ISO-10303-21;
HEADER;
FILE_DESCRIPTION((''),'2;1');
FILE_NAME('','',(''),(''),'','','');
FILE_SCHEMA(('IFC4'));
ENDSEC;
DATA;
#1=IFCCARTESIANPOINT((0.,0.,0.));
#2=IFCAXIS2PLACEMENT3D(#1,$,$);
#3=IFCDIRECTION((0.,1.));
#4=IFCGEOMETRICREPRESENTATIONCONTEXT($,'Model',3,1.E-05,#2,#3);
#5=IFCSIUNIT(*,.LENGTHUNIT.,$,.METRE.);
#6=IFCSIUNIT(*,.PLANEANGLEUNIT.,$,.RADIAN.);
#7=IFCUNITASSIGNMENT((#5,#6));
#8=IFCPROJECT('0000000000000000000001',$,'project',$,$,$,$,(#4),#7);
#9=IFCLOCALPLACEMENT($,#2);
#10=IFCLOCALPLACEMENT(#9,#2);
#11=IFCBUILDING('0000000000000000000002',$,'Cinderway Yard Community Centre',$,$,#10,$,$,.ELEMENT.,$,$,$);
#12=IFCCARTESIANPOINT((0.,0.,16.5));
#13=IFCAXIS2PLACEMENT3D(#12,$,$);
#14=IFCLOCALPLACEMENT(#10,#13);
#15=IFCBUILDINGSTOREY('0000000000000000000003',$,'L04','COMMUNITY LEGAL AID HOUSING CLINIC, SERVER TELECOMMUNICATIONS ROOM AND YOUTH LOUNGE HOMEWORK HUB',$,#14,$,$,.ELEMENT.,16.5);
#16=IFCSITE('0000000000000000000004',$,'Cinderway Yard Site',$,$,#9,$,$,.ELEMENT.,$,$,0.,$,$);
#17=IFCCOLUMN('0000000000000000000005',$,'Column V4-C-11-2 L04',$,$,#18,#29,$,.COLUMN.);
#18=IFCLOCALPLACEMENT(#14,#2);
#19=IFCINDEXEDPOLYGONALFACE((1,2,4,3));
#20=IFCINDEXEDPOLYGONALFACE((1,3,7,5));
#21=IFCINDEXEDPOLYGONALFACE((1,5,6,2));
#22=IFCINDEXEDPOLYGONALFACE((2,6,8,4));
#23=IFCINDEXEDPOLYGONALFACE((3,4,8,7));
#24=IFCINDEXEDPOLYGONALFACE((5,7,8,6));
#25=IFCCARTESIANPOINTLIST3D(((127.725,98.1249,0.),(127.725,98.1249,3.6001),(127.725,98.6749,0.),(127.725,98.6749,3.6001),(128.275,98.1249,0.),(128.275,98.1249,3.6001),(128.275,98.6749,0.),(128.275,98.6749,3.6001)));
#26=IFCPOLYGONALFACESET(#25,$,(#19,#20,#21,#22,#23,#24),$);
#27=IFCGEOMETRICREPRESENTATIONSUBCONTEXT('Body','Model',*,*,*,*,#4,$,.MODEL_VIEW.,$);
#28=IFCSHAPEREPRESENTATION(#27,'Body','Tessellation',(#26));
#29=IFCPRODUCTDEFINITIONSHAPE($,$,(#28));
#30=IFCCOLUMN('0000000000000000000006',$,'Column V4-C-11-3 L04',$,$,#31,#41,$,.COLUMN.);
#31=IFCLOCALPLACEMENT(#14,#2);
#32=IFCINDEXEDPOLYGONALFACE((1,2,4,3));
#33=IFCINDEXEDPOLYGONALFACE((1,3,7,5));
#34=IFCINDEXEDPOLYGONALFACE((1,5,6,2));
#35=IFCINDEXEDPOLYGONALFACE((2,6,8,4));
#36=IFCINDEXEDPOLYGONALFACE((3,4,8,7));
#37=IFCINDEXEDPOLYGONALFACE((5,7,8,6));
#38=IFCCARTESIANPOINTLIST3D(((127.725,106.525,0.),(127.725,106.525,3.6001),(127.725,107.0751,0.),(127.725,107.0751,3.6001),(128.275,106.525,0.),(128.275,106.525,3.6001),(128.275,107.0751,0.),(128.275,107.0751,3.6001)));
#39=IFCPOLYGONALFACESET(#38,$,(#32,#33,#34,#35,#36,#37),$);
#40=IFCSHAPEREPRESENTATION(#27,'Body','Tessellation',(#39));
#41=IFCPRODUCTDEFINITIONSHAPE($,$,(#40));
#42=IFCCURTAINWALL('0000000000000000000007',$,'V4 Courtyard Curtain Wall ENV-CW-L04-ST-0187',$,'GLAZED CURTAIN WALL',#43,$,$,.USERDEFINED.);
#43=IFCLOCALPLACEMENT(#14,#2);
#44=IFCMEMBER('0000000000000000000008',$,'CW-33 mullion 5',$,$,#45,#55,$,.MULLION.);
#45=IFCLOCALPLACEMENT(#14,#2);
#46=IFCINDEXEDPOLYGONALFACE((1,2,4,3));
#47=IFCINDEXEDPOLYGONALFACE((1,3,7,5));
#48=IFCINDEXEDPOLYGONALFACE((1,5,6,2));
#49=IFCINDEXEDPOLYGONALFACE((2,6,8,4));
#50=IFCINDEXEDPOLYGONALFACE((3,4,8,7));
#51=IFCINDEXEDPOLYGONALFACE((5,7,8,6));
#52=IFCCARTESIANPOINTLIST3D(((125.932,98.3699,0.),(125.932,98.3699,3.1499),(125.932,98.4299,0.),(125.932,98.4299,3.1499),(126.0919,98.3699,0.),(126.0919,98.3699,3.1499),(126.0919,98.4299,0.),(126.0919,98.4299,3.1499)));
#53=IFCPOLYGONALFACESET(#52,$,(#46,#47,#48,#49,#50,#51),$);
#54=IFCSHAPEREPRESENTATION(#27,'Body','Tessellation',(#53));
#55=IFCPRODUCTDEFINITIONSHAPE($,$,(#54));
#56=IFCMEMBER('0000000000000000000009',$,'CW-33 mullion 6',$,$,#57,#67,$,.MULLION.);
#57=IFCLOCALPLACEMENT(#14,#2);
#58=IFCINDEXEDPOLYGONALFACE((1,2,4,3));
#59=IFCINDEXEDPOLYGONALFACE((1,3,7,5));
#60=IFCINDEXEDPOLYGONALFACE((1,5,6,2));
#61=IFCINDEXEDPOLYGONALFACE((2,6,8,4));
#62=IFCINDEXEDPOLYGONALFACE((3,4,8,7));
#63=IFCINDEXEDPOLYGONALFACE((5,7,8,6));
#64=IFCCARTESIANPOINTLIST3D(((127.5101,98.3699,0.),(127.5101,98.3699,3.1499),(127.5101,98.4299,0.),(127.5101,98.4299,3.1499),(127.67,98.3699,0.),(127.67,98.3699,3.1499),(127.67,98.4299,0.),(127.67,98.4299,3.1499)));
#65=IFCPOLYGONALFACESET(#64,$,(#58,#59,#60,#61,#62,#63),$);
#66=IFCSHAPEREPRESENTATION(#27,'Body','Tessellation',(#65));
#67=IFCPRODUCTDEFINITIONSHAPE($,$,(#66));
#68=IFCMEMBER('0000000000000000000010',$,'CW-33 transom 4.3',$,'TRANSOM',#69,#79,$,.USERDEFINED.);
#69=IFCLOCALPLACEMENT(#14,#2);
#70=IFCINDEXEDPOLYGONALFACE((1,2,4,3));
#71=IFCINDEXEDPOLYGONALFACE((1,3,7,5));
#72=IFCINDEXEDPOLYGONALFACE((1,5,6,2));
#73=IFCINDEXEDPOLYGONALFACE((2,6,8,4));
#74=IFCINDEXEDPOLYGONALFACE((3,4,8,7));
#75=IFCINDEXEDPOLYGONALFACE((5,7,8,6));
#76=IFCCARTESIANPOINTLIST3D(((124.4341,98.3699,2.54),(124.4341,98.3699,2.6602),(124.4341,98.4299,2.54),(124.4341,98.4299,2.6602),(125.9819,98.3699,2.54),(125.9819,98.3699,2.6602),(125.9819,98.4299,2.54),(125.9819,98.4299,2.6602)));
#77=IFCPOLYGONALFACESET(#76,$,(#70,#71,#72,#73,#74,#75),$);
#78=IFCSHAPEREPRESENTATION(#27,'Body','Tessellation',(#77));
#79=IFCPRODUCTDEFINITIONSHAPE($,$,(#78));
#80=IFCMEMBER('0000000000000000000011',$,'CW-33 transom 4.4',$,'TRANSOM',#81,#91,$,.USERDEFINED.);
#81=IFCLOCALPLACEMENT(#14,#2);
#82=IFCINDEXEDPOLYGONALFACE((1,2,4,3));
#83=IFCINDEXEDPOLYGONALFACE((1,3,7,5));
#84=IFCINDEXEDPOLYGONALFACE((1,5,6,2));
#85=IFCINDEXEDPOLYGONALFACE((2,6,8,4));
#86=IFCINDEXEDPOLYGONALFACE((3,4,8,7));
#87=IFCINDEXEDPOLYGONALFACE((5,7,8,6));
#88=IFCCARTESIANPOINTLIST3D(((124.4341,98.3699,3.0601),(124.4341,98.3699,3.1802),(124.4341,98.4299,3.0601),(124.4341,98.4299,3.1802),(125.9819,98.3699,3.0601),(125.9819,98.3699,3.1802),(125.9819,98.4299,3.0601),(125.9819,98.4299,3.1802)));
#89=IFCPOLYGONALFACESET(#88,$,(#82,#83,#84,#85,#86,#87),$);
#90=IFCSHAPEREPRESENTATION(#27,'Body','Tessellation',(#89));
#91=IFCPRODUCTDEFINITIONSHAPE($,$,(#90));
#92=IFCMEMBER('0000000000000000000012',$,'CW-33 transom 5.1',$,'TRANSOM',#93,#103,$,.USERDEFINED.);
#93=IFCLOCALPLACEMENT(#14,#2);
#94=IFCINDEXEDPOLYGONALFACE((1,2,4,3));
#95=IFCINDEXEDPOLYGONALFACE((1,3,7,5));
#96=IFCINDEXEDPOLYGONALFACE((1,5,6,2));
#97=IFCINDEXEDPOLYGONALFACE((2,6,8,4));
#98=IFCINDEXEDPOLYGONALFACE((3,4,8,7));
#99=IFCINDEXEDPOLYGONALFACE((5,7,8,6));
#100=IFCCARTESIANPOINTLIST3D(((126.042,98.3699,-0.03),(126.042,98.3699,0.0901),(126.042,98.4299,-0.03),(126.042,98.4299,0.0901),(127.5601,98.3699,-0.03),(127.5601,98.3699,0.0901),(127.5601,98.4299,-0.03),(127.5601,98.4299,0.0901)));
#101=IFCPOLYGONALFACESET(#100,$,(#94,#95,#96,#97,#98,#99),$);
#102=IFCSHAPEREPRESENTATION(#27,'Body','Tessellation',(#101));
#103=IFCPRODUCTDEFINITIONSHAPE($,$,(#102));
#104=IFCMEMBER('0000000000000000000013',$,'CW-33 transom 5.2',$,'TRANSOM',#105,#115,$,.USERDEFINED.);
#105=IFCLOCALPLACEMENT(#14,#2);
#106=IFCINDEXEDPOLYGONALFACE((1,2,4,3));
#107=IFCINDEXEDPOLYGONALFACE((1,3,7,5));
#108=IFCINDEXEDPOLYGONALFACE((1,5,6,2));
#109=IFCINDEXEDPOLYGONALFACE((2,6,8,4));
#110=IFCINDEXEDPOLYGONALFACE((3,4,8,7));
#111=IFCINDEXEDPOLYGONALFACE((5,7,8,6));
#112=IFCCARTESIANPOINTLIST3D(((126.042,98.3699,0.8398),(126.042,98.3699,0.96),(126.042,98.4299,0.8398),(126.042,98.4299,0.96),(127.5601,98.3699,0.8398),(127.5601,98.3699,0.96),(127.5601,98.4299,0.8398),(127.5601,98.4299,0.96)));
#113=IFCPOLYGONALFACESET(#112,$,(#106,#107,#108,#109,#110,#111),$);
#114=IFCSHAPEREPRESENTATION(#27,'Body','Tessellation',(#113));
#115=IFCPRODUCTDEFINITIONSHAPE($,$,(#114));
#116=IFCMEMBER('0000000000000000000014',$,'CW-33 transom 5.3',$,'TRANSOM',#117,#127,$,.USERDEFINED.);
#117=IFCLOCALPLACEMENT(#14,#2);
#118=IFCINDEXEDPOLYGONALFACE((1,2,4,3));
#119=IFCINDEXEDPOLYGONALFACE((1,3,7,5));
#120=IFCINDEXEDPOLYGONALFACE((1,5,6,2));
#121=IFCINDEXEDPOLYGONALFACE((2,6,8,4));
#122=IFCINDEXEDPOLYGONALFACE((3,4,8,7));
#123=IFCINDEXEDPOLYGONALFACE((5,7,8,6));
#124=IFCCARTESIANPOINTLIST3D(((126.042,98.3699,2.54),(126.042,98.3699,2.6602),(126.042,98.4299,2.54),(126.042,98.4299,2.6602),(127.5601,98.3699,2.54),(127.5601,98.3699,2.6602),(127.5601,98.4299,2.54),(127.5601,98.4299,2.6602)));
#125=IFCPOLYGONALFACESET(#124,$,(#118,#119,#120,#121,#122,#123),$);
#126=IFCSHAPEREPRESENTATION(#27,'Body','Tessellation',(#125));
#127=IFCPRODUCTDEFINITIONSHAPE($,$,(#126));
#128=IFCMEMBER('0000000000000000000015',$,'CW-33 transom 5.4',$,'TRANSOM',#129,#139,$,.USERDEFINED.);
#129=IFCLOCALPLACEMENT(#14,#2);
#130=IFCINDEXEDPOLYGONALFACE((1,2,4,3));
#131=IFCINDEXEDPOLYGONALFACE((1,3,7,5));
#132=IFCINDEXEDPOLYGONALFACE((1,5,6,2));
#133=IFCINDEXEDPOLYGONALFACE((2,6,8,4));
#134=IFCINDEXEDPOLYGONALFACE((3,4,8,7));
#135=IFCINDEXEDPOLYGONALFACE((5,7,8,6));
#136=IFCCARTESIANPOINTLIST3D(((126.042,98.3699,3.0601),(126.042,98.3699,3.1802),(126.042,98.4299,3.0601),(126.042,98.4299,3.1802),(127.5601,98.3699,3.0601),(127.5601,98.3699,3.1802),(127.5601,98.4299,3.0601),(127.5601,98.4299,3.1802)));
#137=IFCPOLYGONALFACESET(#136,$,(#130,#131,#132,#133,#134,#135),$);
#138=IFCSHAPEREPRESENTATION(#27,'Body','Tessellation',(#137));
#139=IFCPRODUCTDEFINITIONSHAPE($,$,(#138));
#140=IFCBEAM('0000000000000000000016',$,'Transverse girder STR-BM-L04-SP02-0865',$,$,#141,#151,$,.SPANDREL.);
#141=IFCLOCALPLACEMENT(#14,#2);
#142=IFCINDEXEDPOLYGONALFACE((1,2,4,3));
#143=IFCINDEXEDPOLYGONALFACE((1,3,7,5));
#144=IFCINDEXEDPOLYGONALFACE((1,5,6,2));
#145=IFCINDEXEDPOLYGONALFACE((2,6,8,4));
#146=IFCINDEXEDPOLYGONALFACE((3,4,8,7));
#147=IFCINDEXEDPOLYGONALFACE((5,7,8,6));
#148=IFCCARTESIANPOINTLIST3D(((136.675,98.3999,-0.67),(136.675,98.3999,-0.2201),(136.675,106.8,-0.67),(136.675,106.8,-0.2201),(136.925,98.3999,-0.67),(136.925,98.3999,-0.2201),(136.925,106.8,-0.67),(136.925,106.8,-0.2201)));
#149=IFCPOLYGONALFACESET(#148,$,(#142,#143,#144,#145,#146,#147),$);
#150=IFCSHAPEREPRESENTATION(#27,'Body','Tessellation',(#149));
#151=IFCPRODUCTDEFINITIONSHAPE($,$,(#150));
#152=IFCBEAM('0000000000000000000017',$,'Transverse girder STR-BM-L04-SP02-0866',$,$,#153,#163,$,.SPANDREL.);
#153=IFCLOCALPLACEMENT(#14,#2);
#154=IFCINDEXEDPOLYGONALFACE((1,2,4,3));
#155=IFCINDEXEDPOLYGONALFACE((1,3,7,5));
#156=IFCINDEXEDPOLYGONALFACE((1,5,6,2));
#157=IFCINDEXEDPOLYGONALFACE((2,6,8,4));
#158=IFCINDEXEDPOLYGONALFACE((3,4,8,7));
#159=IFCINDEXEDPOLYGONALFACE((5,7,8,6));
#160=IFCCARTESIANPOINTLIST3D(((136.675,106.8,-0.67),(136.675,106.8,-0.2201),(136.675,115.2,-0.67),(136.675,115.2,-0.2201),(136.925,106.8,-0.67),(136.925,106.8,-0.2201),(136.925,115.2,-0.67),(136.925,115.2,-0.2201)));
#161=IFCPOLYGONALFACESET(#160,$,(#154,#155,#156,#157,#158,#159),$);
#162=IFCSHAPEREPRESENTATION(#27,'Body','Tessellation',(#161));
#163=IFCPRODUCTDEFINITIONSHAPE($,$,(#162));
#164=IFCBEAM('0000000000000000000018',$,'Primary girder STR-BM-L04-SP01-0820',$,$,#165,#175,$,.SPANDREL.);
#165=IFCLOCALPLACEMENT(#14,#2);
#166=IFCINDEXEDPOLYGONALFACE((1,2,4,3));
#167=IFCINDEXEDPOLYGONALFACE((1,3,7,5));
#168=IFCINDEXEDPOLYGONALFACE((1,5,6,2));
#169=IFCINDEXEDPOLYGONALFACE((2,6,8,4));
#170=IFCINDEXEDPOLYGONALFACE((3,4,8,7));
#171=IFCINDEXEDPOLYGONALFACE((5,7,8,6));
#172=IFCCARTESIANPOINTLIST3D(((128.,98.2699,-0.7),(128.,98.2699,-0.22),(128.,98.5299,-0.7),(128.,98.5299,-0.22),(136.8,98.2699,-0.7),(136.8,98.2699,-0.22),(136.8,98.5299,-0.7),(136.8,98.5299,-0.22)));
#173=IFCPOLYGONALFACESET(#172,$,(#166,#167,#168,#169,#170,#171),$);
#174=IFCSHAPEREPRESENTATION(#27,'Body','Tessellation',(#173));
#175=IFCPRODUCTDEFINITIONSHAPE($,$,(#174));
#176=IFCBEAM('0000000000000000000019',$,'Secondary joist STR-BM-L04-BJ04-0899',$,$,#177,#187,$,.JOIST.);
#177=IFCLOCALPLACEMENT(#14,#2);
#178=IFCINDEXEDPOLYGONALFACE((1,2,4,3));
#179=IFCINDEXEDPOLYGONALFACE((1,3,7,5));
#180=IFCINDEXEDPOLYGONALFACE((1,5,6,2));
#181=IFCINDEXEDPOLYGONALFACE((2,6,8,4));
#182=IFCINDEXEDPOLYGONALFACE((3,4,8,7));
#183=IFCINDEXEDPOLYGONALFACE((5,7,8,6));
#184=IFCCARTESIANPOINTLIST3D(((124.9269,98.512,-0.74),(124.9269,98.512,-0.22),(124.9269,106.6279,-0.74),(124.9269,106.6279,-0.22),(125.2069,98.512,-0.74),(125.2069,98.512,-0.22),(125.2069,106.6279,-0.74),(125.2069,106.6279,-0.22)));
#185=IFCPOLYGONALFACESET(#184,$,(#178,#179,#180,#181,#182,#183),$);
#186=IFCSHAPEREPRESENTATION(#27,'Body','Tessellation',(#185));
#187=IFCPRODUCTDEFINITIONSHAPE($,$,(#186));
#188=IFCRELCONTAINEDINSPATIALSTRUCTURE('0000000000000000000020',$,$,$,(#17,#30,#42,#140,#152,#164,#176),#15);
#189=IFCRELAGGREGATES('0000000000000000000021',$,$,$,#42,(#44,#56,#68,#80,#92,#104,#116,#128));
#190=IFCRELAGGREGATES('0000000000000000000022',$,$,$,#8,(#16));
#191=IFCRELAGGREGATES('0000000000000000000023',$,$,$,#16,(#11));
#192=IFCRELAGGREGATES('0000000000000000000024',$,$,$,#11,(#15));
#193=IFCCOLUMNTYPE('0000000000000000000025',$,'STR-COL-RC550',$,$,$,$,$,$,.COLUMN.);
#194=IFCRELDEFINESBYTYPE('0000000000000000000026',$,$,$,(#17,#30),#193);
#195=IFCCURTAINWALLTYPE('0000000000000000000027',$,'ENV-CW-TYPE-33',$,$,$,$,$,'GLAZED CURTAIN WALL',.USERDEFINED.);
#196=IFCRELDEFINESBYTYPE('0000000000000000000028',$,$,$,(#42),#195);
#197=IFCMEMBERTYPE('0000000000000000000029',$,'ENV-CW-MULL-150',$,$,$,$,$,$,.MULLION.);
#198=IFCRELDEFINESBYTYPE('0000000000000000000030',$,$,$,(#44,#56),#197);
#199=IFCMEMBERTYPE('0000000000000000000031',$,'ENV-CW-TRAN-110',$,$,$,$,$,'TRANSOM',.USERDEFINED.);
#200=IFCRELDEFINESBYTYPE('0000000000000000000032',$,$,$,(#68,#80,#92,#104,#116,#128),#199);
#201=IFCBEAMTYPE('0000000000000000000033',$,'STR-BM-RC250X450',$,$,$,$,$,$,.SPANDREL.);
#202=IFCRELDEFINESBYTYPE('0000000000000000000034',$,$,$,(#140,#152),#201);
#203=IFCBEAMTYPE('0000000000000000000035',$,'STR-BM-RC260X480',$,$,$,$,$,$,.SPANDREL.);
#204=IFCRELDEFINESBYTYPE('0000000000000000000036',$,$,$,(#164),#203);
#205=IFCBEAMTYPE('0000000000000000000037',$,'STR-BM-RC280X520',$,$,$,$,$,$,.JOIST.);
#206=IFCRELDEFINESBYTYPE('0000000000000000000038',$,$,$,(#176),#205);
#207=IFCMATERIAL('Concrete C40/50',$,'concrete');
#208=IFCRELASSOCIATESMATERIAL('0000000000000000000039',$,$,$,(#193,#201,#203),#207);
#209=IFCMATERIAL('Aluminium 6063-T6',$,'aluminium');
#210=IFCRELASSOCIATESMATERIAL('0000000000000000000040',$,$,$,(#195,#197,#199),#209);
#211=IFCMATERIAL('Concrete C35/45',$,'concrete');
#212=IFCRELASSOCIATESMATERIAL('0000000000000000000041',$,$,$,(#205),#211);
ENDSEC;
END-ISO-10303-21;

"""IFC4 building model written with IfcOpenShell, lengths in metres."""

from ifc_helpers import new_model, si_unit, direction, frame, origin, origin_2d, place, context, subcontext, project, spatial, rectangle, extrude, material, material_profile, profile_set, type_object, element, aggregate, save


model = new_model("IFC4")

# Units and contexts
model_context = context("Model", 3, precision=1e-05, world=origin(), true_north=direction((0.0, 1.0)))
body_context = subcontext(model_context, "Body", "Model", "MODEL_VIEW")
ifc_project = project(units=[si_unit("LENGTHUNIT", "METRE"), si_unit("PLANEANGLEUNIT", "RADIAN")], contexts=[model_context])

# Site, building, storey
site_placement = place(None, origin())
site = spatial("IfcSite", under=ifc_project, at=site_placement, Name="Cinderway Yard Site", CompositionType="ELEMENT", RefElevation=0.0)
building_placement = place(site_placement, origin())
building = spatial("IfcBuilding", under=site, at=building_placement, Name="Cinderway Yard Community Centre", CompositionType="ELEMENT")
storey_placement = place(building_placement, frame((0.0, 0.0, 16.5)))
storey = spatial("IfcBuildingStorey", under=building, at=storey_placement, Name="L04", Description="COMMUNITY LEGAL AID HOUSING CLINIC, SERVER TELECOMMUNICATIONS ROOM AND YOUTH LOUNGE HOMEWORK HUB", CompositionType="ELEMENT", Elevation=16.5)

# Columns
ifc_material_1 = material(Name="Concrete C40/50", Category="concrete")
ifc_material_profile_1 = material_profile(ifc_material_1, rectangle(XDim=0.55, YDim=0.55, at=origin_2d()), Name="Concrete C40/50")
ifc_profile_set_1 = profile_set([ifc_material_profile_1], Name="Concrete C40/50")
column_type = type_object("IfcColumnType", Name="STR-COL-RC550", PredefinedType="COLUMN", material=ifc_profile_set_1)
for number, where, z_axis, x_axis, name in (
    (1, (128.0, 98.3999, 0.0), (0.0, 0.0, 1.0), (1.0, 0.0, 0.0), "Column V4-C-11-2 L04"),
    (2, (128.0, 106.8, 0.0), (0.0, 0.0, 1.0), (1.0, 0.0, 0.0), "Column V4-C-11-3 L04"),
):
    element("IfcColumn", number, at=place(storey_placement, frame(where, z_axis=z_axis, x_axis=x_axis)), inside=storey, type_object=column_type, Name=name, PredefinedType="COLUMN", context=body_context, shape_type="SweptSolid", body=[
        extrude(rectangle(XDim=0.55, YDim=0.55, at=origin_2d()), origin(), (0.0, 0.0, 1.0), 3.6001),
    ])

# Curtain wall, members
ifc_material_2 = material(Name="Aluminium 6063-T6", Category="aluminium")
curtain_wall_type = type_object("IfcCurtainWallType", Name="ENV-CW-TYPE-33", ElementType="GLAZED CURTAIN WALL", PredefinedType="USERDEFINED", material=ifc_material_2)
curtain_wall_placement = place(storey_placement, origin())
curtain_wall = element("IfcCurtainWall", 3, at=curtain_wall_placement, inside=storey, type_object=curtain_wall_type, Name="V4 Courtyard Curtain Wall ENV-CW-L04-ST-0187", ObjectType="GLAZED CURTAIN WALL", PredefinedType="USERDEFINED")
ifc_material_profile_2 = material_profile(ifc_material_2, rectangle(XDim=0.0601, YDim=0.1599, at=origin_2d()), Name="Aluminium 6063-T6")
ifc_profile_set_2 = profile_set([ifc_material_profile_2], Name="Aluminium 6063-T6")
member_type_1 = type_object("IfcMemberType", Name="ENV-CW-MULL-150", PredefinedType="MULLION", material=ifc_profile_set_2)
member_1_placement = place(storey_placement, frame((126.012, 98.3999, 0.0), z_axis=(0.0, 0.0, 1.0), x_axis=(0.0, 1.0, 0.0)))
member_1 = element("IfcMember", 4, at=member_1_placement, type_object=member_type_1, Name="CW-33 mullion 5", PredefinedType="MULLION", context=body_context, shape_type="SweptSolid", body=[
    extrude(rectangle(XDim=0.0601, YDim=0.1599, at=origin_2d()), origin(), (0.0, 0.0, 1.0), 3.1499),
])
member_2_placement = place(storey_placement, frame((127.5901, 98.3999, 0.0), z_axis=(0.0, 0.0, 1.0), x_axis=(0.0, 1.0, 0.0)))
member_2 = element("IfcMember", 5, at=member_2_placement, type_object=member_type_1, Name="CW-33 mullion 6", PredefinedType="MULLION", context=body_context, shape_type="SweptSolid", body=[
    extrude(rectangle(XDim=0.0601, YDim=0.1599, at=origin_2d()), origin(), (0.0, 0.0, 1.0), 3.1499),
])
ifc_material_profile_3 = material_profile(ifc_material_2, rectangle(XDim=0.0601, YDim=0.1201, at=origin_2d()), Name="Aluminium 6063-T6")
ifc_profile_set_3 = profile_set([ifc_material_profile_3], Name="Aluminium 6063-T6")
member_type_2 = type_object("IfcMemberType", Name="ENV-CW-TRAN-110", ElementType="TRANSOM", PredefinedType="USERDEFINED", material=ifc_profile_set_3)
member_3_placement = place(storey_placement, frame((124.4341, 98.3999, 2.6001), z_axis=(1.0, 0.0, 0.0), x_axis=(0.0, 1.0, 0.0)))
member_3 = element("IfcMember", 6, at=member_3_placement, type_object=member_type_2, Name="CW-33 transom 4.3", ObjectType="TRANSOM", PredefinedType="USERDEFINED", context=body_context, shape_type="SweptSolid", body=[
    extrude(rectangle(XDim=0.0601, YDim=0.1201, at=origin_2d()), origin(), (0.0, 0.0, 1.0), 1.5479),
])
member_4_placement = place(storey_placement, frame((124.4341, 98.3999, 3.1201), z_axis=(1.0, 0.0, 0.0), x_axis=(0.0, 1.0, 0.0)))
member_4 = element("IfcMember", 7, at=member_4_placement, type_object=member_type_2, Name="CW-33 transom 4.4", ObjectType="TRANSOM", PredefinedType="USERDEFINED", context=body_context, shape_type="SweptSolid", body=[
    extrude(rectangle(XDim=0.0601, YDim=0.1201, at=origin_2d()), origin(), (0.0, 0.0, 1.0), 1.5479),
])
member_5_placement = place(storey_placement, frame((126.042, 98.3999, 0.03), z_axis=(1.0, 0.0, 0.0), x_axis=(0.0, 1.0, 0.0)))
member_5 = element("IfcMember", 8, at=member_5_placement, type_object=member_type_2, Name="CW-33 transom 5.1", ObjectType="TRANSOM", PredefinedType="USERDEFINED", context=body_context, shape_type="SweptSolid", body=[
    extrude(rectangle(XDim=0.0601, YDim=0.1201, at=origin_2d()), origin(), (0.0, 0.0, 1.0), 1.5181),
])
member_6_placement = place(storey_placement, frame((126.042, 98.3999, 0.8999), z_axis=(1.0, 0.0, 0.0), x_axis=(0.0, 1.0, 0.0)))
member_6 = element("IfcMember", 9, at=member_6_placement, type_object=member_type_2, Name="CW-33 transom 5.2", ObjectType="TRANSOM", PredefinedType="USERDEFINED", context=body_context, shape_type="SweptSolid", body=[
    extrude(rectangle(XDim=0.0601, YDim=0.1201, at=origin_2d()), origin(), (0.0, 0.0, 1.0), 1.5181),
])
member_7_placement = place(storey_placement, frame((126.042, 98.3999, 2.6001), z_axis=(1.0, 0.0, 0.0), x_axis=(0.0, 1.0, 0.0)))
member_7 = element("IfcMember", 10, at=member_7_placement, type_object=member_type_2, Name="CW-33 transom 5.3", ObjectType="TRANSOM", PredefinedType="USERDEFINED", context=body_context, shape_type="SweptSolid", body=[
    extrude(rectangle(XDim=0.0601, YDim=0.1201, at=origin_2d()), origin(), (0.0, 0.0, 1.0), 1.5181),
])
member_8_placement = place(storey_placement, frame((126.042, 98.3999, 3.1201), z_axis=(1.0, 0.0, 0.0), x_axis=(0.0, 1.0, 0.0)))
member_8 = element("IfcMember", 11, at=member_8_placement, type_object=member_type_2, Name="CW-33 transom 5.4", ObjectType="TRANSOM", PredefinedType="USERDEFINED", context=body_context, shape_type="SweptSolid", body=[
    extrude(rectangle(XDim=0.0601, YDim=0.1201, at=origin_2d()), origin(), (0.0, 0.0, 1.0), 1.5181),
])

# Beams
ifc_material_profile_4 = material_profile(ifc_material_1, rectangle(XDim=0.25, YDim=0.45, at=origin_2d()), Name="Concrete C40/50")
ifc_profile_set_4 = profile_set([ifc_material_profile_4], Name="Concrete C40/50")
beam_type_1 = type_object("IfcBeamType", Name="STR-BM-RC250X450", PredefinedType="SPANDREL", material=ifc_profile_set_4)
beam_1_placement = place(storey_placement, frame((136.8, 98.3999, -0.4451), z_axis=(0.0, 1.0, 0.0), x_axis=(-1.0, 0.0, 0.0)))
element("IfcBeam", 12, at=beam_1_placement, inside=storey, type_object=beam_type_1, Name="Transverse girder STR-BM-L04-SP02-0865", PredefinedType="SPANDREL", context=body_context, shape_type="SweptSolid", body=[
    extrude(rectangle(XDim=0.25, YDim=0.45, at=origin_2d()), origin(), (0.0, 0.0, 1.0), 8.4001),
])
beam_2_placement = place(storey_placement, frame((136.8, 106.8, -0.4451), z_axis=(0.0, 1.0, 0.0), x_axis=(-1.0, 0.0, 0.0)))
element("IfcBeam", 13, at=beam_2_placement, inside=storey, type_object=beam_type_1, Name="Transverse girder STR-BM-L04-SP02-0866", PredefinedType="SPANDREL", context=body_context, shape_type="SweptSolid", body=[
    extrude(rectangle(XDim=0.25, YDim=0.45, at=origin_2d()), origin(), (0.0, 0.0, 1.0), 8.3999),
])
ifc_material_profile_5 = material_profile(ifc_material_1, rectangle(XDim=0.26, YDim=0.48, at=origin_2d()), Name="Concrete C40/50")
ifc_profile_set_5 = profile_set([ifc_material_profile_5], Name="Concrete C40/50")
beam_type_2 = type_object("IfcBeamType", Name="STR-BM-RC260X480", PredefinedType="SPANDREL", material=ifc_profile_set_5)
beam_3_placement = place(storey_placement, frame((128.0, 98.3999, -0.46), z_axis=(1.0, 0.0, 0.0), x_axis=(0.0, 1.0, 0.0)))
element("IfcBeam", 14, at=beam_3_placement, inside=storey, type_object=beam_type_2, Name="Primary girder STR-BM-L04-SP01-0820", PredefinedType="SPANDREL", context=body_context, shape_type="SweptSolid", body=[
    extrude(rectangle(XDim=0.26, YDim=0.48, at=origin_2d()), origin(), (0.0, 0.0, 1.0), 8.8),
])
ifc_material_3 = material(Name="Concrete C35/45", Category="concrete")
ifc_material_profile_6 = material_profile(ifc_material_3, rectangle(XDim=0.28, YDim=0.52, at=origin_2d()), Name="Concrete C35/45")
ifc_profile_set_6 = profile_set([ifc_material_profile_6], Name="Concrete C35/45")
beam_type_3 = type_object("IfcBeamType", Name="STR-BM-RC280X520", PredefinedType="JOIST", material=ifc_profile_set_6)
for number, where, z_axis, x_axis, name in (
    (15, (125.0669, 98.512, -0.48), (0.0, 1.0, 0.0), (-1.0, 0.0, 0.0), "Secondary joist STR-BM-L04-BJ04-0899"),
):
    element("IfcBeam", number, at=place(storey_placement, frame(where, z_axis=z_axis, x_axis=x_axis)), inside=storey, type_object=beam_type_3, Name=name, PredefinedType="JOIST", context=body_context, shape_type="SweptSolid", body=[
        extrude(rectangle(XDim=0.28, YDim=0.52, at=origin_2d()), origin(), (0.0, 0.0, 1.0), 8.116),
    ])

aggregate(curtain_wall, [member_1, member_2, member_3, member_4, member_5, member_6, member_7, member_8])

save(model, "model.ifc")
